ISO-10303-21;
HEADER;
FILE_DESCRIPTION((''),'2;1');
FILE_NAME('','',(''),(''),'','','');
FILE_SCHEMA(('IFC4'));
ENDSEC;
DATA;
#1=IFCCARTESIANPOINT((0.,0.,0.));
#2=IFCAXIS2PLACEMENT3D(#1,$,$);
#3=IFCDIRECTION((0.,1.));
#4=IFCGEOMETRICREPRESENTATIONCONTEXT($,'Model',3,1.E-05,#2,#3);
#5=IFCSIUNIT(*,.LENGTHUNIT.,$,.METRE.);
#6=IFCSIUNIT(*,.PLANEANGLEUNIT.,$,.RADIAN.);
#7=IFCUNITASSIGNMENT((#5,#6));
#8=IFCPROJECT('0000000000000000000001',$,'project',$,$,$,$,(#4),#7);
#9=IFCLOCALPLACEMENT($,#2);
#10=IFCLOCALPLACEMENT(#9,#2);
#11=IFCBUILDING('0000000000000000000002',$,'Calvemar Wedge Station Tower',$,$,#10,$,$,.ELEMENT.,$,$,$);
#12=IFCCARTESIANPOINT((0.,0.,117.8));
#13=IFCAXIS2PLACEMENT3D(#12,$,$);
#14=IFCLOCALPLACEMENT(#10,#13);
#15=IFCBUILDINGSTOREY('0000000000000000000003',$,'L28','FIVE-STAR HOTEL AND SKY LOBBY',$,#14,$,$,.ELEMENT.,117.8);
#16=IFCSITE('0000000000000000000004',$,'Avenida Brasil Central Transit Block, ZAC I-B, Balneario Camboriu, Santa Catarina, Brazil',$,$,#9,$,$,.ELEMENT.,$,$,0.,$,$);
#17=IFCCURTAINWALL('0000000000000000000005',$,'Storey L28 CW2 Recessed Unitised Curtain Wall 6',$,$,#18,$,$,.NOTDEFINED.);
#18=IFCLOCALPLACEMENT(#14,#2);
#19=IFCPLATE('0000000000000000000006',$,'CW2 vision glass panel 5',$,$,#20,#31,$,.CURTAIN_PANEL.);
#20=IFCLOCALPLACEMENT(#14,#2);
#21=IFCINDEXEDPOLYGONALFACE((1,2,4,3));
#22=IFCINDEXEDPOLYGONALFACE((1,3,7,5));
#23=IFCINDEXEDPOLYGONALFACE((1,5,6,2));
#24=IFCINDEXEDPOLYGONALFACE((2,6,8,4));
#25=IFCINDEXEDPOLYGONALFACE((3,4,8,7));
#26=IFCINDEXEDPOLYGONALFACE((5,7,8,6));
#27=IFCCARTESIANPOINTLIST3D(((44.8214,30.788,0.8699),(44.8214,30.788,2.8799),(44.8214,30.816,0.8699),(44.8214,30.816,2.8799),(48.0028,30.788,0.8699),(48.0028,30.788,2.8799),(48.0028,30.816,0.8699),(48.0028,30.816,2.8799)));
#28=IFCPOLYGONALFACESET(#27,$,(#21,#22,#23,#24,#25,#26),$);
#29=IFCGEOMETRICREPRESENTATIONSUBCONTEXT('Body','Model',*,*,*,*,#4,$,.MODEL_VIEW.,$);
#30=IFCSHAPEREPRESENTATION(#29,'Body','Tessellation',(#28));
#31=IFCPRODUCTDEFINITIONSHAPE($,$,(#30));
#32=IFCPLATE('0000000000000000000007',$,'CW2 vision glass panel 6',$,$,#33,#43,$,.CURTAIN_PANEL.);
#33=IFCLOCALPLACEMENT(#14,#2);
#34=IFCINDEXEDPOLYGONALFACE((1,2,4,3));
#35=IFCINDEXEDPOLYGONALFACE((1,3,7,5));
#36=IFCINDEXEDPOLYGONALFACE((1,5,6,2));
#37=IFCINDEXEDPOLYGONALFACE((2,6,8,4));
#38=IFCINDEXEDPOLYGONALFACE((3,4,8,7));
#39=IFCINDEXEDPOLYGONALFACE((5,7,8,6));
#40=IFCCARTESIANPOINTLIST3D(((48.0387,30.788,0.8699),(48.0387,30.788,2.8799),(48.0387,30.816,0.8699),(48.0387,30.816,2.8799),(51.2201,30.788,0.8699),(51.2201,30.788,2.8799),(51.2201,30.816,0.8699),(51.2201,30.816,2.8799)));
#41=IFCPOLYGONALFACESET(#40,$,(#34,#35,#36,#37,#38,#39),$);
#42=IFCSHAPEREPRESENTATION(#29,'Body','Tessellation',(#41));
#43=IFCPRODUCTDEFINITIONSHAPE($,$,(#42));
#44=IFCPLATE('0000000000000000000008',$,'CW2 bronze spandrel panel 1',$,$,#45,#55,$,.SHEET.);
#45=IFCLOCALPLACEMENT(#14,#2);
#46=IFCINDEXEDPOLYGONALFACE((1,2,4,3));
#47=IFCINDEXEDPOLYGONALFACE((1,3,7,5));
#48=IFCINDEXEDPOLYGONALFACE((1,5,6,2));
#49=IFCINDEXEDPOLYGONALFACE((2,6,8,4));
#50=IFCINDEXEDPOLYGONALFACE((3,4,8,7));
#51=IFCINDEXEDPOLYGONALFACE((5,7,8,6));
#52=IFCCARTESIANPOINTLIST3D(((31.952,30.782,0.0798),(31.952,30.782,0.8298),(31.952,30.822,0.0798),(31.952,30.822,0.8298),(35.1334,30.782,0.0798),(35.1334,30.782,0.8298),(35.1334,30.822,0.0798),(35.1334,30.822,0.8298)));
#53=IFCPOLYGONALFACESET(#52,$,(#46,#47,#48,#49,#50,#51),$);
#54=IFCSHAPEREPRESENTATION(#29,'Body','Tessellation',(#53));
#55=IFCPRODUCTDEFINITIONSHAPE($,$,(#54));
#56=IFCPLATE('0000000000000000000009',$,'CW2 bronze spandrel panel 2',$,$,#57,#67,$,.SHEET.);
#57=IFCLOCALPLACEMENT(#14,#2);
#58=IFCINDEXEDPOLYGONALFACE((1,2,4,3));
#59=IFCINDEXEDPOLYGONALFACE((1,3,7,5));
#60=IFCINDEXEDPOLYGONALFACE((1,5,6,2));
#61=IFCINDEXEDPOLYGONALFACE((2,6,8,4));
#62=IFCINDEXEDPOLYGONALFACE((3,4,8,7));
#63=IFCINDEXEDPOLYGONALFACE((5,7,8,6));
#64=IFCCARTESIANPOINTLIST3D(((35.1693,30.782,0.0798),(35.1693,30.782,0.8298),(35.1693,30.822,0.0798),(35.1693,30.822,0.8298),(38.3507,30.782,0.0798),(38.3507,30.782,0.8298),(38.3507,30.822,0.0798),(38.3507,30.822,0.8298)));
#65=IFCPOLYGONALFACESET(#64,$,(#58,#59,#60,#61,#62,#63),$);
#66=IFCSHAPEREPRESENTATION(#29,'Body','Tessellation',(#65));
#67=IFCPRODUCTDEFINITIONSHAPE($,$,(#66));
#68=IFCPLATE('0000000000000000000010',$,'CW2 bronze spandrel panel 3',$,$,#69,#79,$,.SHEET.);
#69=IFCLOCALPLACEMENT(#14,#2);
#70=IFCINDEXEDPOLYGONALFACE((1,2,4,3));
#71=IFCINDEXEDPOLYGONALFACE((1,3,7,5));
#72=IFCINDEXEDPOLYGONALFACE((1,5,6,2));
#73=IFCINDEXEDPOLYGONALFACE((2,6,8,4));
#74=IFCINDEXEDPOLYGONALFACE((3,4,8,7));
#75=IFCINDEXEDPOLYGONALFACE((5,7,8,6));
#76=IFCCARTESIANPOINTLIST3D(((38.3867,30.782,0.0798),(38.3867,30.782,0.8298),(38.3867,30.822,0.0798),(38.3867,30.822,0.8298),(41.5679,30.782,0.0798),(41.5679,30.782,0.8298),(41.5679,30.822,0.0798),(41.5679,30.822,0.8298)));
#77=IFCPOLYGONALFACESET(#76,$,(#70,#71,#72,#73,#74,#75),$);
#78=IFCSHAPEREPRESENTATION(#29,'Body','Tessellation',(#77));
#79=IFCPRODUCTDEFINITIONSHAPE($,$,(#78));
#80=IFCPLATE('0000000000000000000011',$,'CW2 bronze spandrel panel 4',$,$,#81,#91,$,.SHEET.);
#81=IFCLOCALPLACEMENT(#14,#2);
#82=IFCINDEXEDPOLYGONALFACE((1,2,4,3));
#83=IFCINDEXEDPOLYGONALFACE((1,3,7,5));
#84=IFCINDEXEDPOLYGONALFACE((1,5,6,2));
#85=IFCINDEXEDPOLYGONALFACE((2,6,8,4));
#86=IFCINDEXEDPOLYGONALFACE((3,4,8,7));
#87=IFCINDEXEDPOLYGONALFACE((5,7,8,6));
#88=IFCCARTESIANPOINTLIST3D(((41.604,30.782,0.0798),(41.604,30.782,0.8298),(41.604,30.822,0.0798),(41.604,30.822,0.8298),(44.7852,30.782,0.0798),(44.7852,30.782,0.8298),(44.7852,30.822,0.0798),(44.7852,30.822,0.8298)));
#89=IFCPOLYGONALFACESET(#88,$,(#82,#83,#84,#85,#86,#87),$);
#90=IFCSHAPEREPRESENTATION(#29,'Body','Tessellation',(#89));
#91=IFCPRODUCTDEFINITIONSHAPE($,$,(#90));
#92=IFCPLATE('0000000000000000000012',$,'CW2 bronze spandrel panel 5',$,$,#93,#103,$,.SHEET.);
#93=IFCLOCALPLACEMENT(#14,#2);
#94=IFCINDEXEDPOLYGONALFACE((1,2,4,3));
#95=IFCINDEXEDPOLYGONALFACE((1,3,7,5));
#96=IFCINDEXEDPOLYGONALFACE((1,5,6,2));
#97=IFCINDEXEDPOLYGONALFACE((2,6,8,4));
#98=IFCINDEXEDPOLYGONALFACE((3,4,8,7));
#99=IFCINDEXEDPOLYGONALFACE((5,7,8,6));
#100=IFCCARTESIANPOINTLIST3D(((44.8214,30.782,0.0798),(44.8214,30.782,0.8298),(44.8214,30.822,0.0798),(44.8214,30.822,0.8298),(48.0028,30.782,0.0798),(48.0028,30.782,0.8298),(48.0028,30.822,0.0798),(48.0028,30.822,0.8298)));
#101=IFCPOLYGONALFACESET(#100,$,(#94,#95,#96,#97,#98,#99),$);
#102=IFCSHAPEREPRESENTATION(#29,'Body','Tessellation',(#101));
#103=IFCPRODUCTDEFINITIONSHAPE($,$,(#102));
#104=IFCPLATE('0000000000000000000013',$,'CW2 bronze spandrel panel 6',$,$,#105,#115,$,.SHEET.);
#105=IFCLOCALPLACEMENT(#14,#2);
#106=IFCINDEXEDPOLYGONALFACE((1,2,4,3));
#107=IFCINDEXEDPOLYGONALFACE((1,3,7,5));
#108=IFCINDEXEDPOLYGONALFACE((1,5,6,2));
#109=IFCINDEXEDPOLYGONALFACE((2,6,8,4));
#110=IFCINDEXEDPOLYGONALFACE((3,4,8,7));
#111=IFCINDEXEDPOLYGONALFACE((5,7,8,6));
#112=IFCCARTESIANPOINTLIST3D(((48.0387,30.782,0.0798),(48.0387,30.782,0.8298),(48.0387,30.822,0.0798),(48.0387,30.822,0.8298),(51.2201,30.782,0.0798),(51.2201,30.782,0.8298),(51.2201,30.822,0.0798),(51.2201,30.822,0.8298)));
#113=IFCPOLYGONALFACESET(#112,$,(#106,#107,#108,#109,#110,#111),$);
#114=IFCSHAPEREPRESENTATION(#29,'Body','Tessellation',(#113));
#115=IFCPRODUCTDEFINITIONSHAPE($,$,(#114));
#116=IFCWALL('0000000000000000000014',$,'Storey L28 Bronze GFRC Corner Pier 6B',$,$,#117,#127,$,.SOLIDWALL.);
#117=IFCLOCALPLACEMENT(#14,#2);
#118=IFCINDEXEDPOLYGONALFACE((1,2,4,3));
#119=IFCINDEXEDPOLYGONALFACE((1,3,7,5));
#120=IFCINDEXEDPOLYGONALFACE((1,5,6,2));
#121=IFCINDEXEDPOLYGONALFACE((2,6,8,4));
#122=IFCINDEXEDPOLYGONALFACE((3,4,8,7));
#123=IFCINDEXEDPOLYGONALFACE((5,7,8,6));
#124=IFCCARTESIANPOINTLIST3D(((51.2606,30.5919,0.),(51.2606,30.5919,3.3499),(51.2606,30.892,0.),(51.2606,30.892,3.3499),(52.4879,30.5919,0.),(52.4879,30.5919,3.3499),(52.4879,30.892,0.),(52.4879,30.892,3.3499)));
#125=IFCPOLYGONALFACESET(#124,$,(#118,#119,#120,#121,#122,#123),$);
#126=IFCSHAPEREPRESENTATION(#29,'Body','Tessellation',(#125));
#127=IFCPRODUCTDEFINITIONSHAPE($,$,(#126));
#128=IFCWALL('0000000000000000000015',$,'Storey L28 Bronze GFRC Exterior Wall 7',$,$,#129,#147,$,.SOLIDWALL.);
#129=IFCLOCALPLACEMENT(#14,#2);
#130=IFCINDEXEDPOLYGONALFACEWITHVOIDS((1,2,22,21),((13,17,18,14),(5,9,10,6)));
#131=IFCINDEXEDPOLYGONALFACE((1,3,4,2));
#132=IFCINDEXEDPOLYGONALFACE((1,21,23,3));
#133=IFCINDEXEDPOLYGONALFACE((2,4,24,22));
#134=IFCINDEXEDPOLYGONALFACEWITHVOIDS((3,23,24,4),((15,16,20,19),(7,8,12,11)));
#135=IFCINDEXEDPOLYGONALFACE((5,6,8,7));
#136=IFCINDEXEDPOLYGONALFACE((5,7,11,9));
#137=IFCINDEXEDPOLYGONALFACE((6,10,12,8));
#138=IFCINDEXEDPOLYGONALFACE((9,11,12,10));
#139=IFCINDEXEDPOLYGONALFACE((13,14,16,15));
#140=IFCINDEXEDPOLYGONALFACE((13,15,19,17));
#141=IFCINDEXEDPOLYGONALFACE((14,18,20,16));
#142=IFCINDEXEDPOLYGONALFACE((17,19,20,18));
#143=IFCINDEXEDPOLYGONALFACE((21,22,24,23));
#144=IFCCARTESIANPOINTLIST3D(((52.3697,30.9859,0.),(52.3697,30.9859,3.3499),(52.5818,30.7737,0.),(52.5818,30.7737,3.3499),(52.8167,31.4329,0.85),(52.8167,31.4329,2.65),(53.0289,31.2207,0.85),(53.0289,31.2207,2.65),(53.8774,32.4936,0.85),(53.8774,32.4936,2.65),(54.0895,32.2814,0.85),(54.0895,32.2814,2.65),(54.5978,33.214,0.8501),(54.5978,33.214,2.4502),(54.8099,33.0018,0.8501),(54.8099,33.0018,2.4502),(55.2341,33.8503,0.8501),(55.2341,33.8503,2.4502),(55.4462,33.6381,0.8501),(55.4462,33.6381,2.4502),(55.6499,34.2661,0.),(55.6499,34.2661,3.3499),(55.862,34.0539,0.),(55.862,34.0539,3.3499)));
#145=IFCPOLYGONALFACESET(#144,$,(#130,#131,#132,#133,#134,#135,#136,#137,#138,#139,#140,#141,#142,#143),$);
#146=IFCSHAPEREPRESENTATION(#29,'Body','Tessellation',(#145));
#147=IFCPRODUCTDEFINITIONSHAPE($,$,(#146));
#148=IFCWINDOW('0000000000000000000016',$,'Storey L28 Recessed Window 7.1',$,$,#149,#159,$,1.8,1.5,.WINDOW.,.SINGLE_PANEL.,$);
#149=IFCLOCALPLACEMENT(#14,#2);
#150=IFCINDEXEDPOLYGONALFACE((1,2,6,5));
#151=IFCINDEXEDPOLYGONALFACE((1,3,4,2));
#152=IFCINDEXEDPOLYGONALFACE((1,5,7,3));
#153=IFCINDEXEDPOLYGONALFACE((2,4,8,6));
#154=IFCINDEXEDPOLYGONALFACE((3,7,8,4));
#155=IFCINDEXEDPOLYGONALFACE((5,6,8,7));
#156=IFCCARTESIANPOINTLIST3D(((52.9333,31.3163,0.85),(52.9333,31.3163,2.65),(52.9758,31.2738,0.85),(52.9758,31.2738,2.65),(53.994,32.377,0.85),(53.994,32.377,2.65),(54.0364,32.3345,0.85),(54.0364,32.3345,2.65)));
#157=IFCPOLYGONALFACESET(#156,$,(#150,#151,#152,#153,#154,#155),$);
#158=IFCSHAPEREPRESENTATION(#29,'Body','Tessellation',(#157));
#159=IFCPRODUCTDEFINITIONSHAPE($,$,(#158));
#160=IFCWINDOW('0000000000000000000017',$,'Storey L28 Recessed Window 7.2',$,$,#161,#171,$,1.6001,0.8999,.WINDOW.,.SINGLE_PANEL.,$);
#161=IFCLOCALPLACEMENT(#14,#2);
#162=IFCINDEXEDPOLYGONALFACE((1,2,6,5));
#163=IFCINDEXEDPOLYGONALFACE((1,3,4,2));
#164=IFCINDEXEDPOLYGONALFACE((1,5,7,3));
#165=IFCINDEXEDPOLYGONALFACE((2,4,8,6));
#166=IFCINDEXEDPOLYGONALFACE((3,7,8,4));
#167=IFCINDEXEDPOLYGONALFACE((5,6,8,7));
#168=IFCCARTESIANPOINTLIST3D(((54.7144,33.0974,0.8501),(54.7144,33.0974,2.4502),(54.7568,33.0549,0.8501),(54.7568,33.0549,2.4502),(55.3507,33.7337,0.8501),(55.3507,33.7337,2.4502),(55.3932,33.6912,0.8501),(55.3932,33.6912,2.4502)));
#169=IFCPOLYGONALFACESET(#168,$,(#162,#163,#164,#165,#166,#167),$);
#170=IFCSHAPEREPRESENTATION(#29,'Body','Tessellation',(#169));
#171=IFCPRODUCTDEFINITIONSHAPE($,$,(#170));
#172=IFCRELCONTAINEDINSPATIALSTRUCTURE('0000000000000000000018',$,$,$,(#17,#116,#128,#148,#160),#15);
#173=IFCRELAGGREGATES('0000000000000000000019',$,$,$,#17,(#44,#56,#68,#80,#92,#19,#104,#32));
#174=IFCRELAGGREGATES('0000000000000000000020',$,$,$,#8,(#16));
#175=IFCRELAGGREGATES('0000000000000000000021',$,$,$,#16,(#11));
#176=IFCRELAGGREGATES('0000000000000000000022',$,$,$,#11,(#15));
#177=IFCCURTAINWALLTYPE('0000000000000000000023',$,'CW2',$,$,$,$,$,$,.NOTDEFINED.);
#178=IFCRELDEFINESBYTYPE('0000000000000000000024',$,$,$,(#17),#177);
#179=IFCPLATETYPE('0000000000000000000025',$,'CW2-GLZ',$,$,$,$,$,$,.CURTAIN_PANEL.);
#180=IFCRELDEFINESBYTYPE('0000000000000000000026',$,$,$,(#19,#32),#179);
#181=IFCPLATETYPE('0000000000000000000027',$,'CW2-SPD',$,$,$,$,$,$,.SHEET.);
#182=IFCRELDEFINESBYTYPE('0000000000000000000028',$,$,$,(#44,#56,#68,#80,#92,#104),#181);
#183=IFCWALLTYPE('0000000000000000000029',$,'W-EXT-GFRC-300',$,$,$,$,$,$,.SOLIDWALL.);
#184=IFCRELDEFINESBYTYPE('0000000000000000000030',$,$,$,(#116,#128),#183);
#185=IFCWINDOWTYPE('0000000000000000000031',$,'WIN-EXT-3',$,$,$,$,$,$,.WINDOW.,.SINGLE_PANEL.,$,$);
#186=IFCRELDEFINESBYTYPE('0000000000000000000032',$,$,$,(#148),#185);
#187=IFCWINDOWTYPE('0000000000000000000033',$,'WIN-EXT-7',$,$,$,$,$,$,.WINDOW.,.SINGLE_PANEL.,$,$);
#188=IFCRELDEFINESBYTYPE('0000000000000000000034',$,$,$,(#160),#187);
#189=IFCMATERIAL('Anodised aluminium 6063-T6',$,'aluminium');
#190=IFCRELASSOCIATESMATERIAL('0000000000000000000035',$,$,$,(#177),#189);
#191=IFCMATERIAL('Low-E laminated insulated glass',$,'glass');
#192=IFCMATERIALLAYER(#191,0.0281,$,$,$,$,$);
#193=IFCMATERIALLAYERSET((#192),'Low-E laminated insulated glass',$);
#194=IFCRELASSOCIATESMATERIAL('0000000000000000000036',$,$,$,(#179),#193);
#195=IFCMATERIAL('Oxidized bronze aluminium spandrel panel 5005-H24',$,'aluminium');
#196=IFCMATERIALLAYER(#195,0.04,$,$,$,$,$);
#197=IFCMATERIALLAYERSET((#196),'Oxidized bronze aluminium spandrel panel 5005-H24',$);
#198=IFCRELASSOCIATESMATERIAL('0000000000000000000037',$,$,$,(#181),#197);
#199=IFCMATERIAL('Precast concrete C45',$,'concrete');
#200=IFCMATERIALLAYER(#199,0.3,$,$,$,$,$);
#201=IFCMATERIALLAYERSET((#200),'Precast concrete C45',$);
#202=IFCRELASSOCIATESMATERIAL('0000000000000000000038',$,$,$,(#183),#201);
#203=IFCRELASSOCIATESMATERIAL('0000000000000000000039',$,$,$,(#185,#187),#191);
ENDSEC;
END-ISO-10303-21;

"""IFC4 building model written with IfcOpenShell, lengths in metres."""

from ifc_helpers import new_model, si_unit, direction, frame, frame_2d, origin, place, context, subcontext, project, spatial, rectangle, extrude, source, transform, mapped, material, layer, layer_set, type_object, element, fill, aggregate, save


model = new_model("IFC4")

# Units and contexts
model_context = context("Model", 3, precision=1e-05, world=origin(), true_north=direction((0.0, 1.0)))
body_context = subcontext(model_context, "Body", "Model", "MODEL_VIEW")
ifc_project = project(units=[si_unit("LENGTHUNIT", "METRE"), si_unit("PLANEANGLEUNIT", "RADIAN")], contexts=[model_context])

# Site, building, storey
site_placement = place(None, origin())
site = spatial("IfcSite", under=ifc_project, at=site_placement, Name="Avenida Brasil Central Transit Block, ZAC I-B, Balneario Camboriu, Santa Catarina, Brazil", CompositionType="ELEMENT", RefElevation=0.0)
building_placement = place(site_placement, origin())
building = spatial("IfcBuilding", under=site, at=building_placement, Name="Calvemar Wedge Station Tower", CompositionType="ELEMENT")
storey_placement = place(building_placement, frame((0.0, 0.0, 117.8)))
storey = spatial("IfcBuildingStorey", under=building, at=storey_placement, Name="L28", Description="FIVE-STAR HOTEL AND SKY LOBBY", CompositionType="ELEMENT", Elevation=117.8)

# Curtain wall, plates
ifc_material_1 = material(Name="Anodised aluminium 6063-T6", Category="aluminium")
curtain_wall_type = type_object("IfcCurtainWallType", Name="CW2", PredefinedType="NOTDEFINED", material=ifc_material_1)
curtain_wall_placement = place(storey_placement, origin())
curtain_wall = element("IfcCurtainWall", 1, at=curtain_wall_placement, inside=storey, type_object=curtain_wall_type, Name="Storey L28 CW2 Recessed Unitised Curtain Wall 6", PredefinedType="NOTDEFINED")
ifc_material_2 = material(Name="Low-E laminated insulated glass", Category="glass")
ifc_layer_1 = layer(ifc_material_2, 0.0281)
ifc_layer_set_1 = layer_set([ifc_layer_1], Name="Low-E laminated insulated glass")
plate_type_1 = type_object("IfcPlateType", Name="CW2-GLZ", PredefinedType="CURTAIN_PANEL", material=ifc_layer_set_1)
plate_1_placement = place(storey_placement, frame((44.8213, 30.802, 0.8699), z_axis=(0.0, 0.0, 1.0), x_axis=(1.0, 0.0, 0.0)))
plate_1 = element("IfcPlate", 2, at=plate_1_placement, type_object=plate_type_1, Name="CW2 vision glass panel 5", PredefinedType="CURTAIN_PANEL", context=body_context, shape_type="SweptSolid", body=[
    extrude(rectangle(XDim=3.1814, YDim=0.0281, at=frame_2d((1.5908, 0.0))), origin(), (0.0, 0.0, 1.0), 2.01),
])
plate_2_placement = place(storey_placement, frame((48.0386, 30.802, 0.8699), z_axis=(0.0, 0.0, 1.0), x_axis=(1.0, 0.0, 0.0)))
plate_2 = element("IfcPlate", 3, at=plate_2_placement, type_object=plate_type_1, Name="CW2 vision glass panel 6", PredefinedType="CURTAIN_PANEL", context=body_context, shape_type="SweptSolid", body=[
    extrude(rectangle(XDim=3.1814, YDim=0.0281, at=frame_2d((1.5908, 0.0))), origin(), (0.0, 0.0, 1.0), 2.01),
])
ifc_material_3 = material(Name="Oxidized bronze aluminium spandrel panel 5005-H24", Category="aluminium")
ifc_layer_2 = layer(ifc_material_3, 0.04)
ifc_layer_set_2 = layer_set([ifc_layer_2], Name="Oxidized bronze aluminium spandrel panel 5005-H24")
plate_type_2 = type_object("IfcPlateType", Name="CW2-SPD", PredefinedType="SHEET", material=ifc_layer_set_2)
plate_3_placement = place(storey_placement, frame((31.9519, 30.802, 0.0798), z_axis=(0.0, 0.0, 1.0), x_axis=(1.0, 0.0, 0.0)))
plate_3 = element("IfcPlate", 4, at=plate_3_placement, type_object=plate_type_2, Name="CW2 bronze spandrel panel 1", PredefinedType="SHEET", context=body_context, shape_type="SweptSolid", body=[
    extrude(rectangle(XDim=3.1814, YDim=0.04, at=frame_2d((1.5908, 0.0))), origin(), (0.0, 0.0, 1.0), 0.75),
])
plate_4_placement = place(storey_placement, frame((35.1692, 30.802, 0.0798), z_axis=(0.0, 0.0, 1.0), x_axis=(1.0, 0.0, 0.0)))
plate_4 = element("IfcPlate", 5, at=plate_4_placement, type_object=plate_type_2, Name="CW2 bronze spandrel panel 2", PredefinedType="SHEET", context=body_context, shape_type="SweptSolid", body=[
    extrude(rectangle(XDim=3.1814, YDim=0.04, at=frame_2d((1.5908, 0.0))), origin(), (0.0, 0.0, 1.0), 0.75),
])
plate_5_placement = place(storey_placement, frame((38.3867, 30.802, 0.0798), z_axis=(0.0, 0.0, 1.0), x_axis=(1.0, 0.0, 0.0)))
plate_5 = element("IfcPlate", 6, at=plate_5_placement, type_object=plate_type_2, Name="CW2 bronze spandrel panel 3", PredefinedType="SHEET", context=body_context, shape_type="SweptSolid", body=[
    extrude(rectangle(XDim=3.1812, YDim=0.04, at=frame_2d((1.5906, 0.0))), origin(), (0.0, 0.0, 1.0), 0.75),
])
plate_6_placement = place(storey_placement, frame((41.604, 30.802, 0.0798), z_axis=(0.0, 0.0, 1.0), x_axis=(1.0, 0.0, 0.0)))
plate_6 = element("IfcPlate", 7, at=plate_6_placement, type_object=plate_type_2, Name="CW2 bronze spandrel panel 4", PredefinedType="SHEET", context=body_context, shape_type="SweptSolid", body=[
    extrude(rectangle(XDim=3.1812, YDim=0.04, at=frame_2d((1.5906, 0.0))), origin(), (0.0, 0.0, 1.0), 0.75),
])
plate_7_placement = place(storey_placement, frame((44.8213, 30.802, 0.0798), z_axis=(0.0, 0.0, 1.0), x_axis=(1.0, 0.0, 0.0)))
plate_7 = element("IfcPlate", 8, at=plate_7_placement, type_object=plate_type_2, Name="CW2 bronze spandrel panel 5", PredefinedType="SHEET", context=body_context, shape_type="SweptSolid", body=[
    extrude(rectangle(XDim=3.1814, YDim=0.04, at=frame_2d((1.5908, 0.0))), origin(), (0.0, 0.0, 1.0), 0.75),
])
plate_8_placement = place(storey_placement, frame((48.0386, 30.802, 0.0798), z_axis=(0.0, 0.0, 1.0), x_axis=(1.0, 0.0, 0.0)))
plate_8 = element("IfcPlate", 9, at=plate_8_placement, type_object=plate_type_2, Name="CW2 bronze spandrel panel 6", PredefinedType="SHEET", context=body_context, shape_type="SweptSolid", body=[
    extrude(rectangle(XDim=3.1814, YDim=0.04, at=frame_2d((1.5908, 0.0))), origin(), (0.0, 0.0, 1.0), 0.75),
])
aggregate(curtain_wall, [plate_3, plate_4, plate_5, plate_6, plate_7, plate_1, plate_8, plate_2])

# Wall
ifc_material_4 = material(Name="Precast concrete C45", Category="concrete")
ifc_layer_3 = layer(ifc_material_4, 0.3)
ifc_layer_set_3 = layer_set([ifc_layer_3], Name="Precast concrete C45")
wall_type_1 = type_object("IfcWallType", Name="W-EXT-GFRC-300", PredefinedType="SOLIDWALL", material=ifc_layer_set_3)
wall_1_placement = place(storey_placement, frame((51.2605, 30.7419, 0.0), z_axis=(0.0, 0.0, 1.0), x_axis=(1.0, 0.0, 0.0)))
element("IfcWall", 10, at=wall_1_placement, inside=storey, type_object=wall_type_1, Name="Storey L28 Bronze GFRC Corner Pier 6B", PredefinedType="SOLIDWALL", context=body_context, shape_type="SweptSolid", body=[
    extrude(rectangle(XDim=1.2273, YDim=0.3, at=frame_2d((0.6138, 0.0))), origin(), (0.0, 0.0, 1.0), 3.3499),
])

# Wall, openings, windows
wall_2_placement = place(storey_placement, frame((52.4758, 30.8799, 0.0), z_axis=(0.0, 0.0, 1.0), x_axis=(0.707107, 0.707107, 0.0)))
wall_2 = element("IfcWall", 11, at=wall_2_placement, inside=storey, type_object=wall_type_1, Name="Storey L28 Bronze GFRC Exterior Wall 7", PredefinedType="SOLIDWALL", context=body_context, shape_type="SweptSolid", body=[
    extrude(rectangle(XDim=4.6389, YDim=0.3, at=frame_2d((2.3193, 0.0))), origin(), (0.0, 0.0, 1.0), 3.3499),
])
shared_shape_1 = source(origin(), body_context, "Body", "SweptSolid", [
    extrude(rectangle(XDim=1.5, YDim=1.8, at=frame_2d((0.75, 0.8999))), frame((0.0, 0.1602, 0.0), z_axis=(0.0, -1.0, 0.0), x_axis=(1.0, 0.0, 0.0)), (0.0, 0.0, 1.0), 0.3201),
])
opening_1_placement = place(wall_2_placement, frame((0.6321, 0.0, 0.8501)))
opening_1 = element("IfcOpeningElement", 12, at=opening_1_placement, cuts=wall_2, PredefinedType="OPENING", context=body_context, shape_type="MappedRepresentation", body=[
    mapped(shared_shape_1, transform((0.0, 0.0, 0.0), scale=1.0)),
])
shared_shape_2 = source(origin(), body_context, "Body", "SweptSolid", [
    extrude(rectangle(XDim=0.8999, YDim=1.6001, at=frame_2d((0.45, 0.8))), frame((0.0, 0.1602, 0.0), z_axis=(0.0, -1.0, 0.0), x_axis=(1.0, 0.0, 0.0)), (0.0, 0.0, 1.0), 0.3201),
])
opening_2_placement = place(wall_2_placement, frame((3.1509, 0.0, 0.8501)))
opening_2 = element("IfcOpeningElement", 13, at=opening_2_placement, cuts=wall_2, PredefinedType="OPENING", context=body_context, shape_type="MappedRepresentation", body=[
    mapped(shared_shape_2, transform((0.0, 0.0, 0.0), scale=1.0)),
])
window_type_1 = type_object("IfcWindowType", Name="WIN-EXT-3", PartitioningType="SINGLE_PANEL", PredefinedType="WINDOW", material=ifc_material_2)
shared_shape_3 = source(origin(), body_context, "Body", "SweptSolid", [
    extrude(rectangle(XDim=1.5, YDim=1.8, at=frame_2d((0.75, 0.8999))), frame((0.0, -0.0149, 0.0), z_axis=(0.0, -1.0, 0.0), x_axis=(1.0, 0.0, 0.0)), (0.0, 0.0, 1.0), 0.0601),
])
window_1_placement = place(opening_1_placement, origin())
window_1 = element("IfcWindow", 14, at=window_1_placement, inside=storey, type_object=window_type_1, Name="Storey L28 Recessed Window 7.1", OverallHeight=1.8, OverallWidth=1.5, PartitioningType="SINGLE_PANEL", PredefinedType="WINDOW", context=body_context, shape_type="MappedRepresentation", body=[
    mapped(shared_shape_3, transform((0.0, 0.0, 0.0), scale=1.0)),
])
fill(opening_1, window_1)
window_type_2 = type_object("IfcWindowType", Name="WIN-EXT-7", PartitioningType="SINGLE_PANEL", PredefinedType="WINDOW", material=ifc_material_2)
shared_shape_4 = source(origin(), body_context, "Body", "SweptSolid", [
    extrude(rectangle(XDim=0.8999, YDim=1.6001, at=frame_2d((0.45, 0.8))), frame((0.0, -0.0149, 0.0), z_axis=(0.0, -1.0, 0.0), x_axis=(1.0, 0.0, 0.0)), (0.0, 0.0, 1.0), 0.0601),
])
window_2_placement = place(opening_2_placement, origin())
window_2 = element("IfcWindow", 15, at=window_2_placement, inside=storey, type_object=window_type_2, Name="Storey L28 Recessed Window 7.2", OverallHeight=1.6001, OverallWidth=0.8999, PartitioningType="SINGLE_PANEL", PredefinedType="WINDOW", context=body_context, shape_type="MappedRepresentation", body=[
    mapped(shared_shape_4, transform((0.0, 0.0, 0.0), scale=1.0)),
])
fill(opening_2, window_2)

save(model, "model.ifc")
